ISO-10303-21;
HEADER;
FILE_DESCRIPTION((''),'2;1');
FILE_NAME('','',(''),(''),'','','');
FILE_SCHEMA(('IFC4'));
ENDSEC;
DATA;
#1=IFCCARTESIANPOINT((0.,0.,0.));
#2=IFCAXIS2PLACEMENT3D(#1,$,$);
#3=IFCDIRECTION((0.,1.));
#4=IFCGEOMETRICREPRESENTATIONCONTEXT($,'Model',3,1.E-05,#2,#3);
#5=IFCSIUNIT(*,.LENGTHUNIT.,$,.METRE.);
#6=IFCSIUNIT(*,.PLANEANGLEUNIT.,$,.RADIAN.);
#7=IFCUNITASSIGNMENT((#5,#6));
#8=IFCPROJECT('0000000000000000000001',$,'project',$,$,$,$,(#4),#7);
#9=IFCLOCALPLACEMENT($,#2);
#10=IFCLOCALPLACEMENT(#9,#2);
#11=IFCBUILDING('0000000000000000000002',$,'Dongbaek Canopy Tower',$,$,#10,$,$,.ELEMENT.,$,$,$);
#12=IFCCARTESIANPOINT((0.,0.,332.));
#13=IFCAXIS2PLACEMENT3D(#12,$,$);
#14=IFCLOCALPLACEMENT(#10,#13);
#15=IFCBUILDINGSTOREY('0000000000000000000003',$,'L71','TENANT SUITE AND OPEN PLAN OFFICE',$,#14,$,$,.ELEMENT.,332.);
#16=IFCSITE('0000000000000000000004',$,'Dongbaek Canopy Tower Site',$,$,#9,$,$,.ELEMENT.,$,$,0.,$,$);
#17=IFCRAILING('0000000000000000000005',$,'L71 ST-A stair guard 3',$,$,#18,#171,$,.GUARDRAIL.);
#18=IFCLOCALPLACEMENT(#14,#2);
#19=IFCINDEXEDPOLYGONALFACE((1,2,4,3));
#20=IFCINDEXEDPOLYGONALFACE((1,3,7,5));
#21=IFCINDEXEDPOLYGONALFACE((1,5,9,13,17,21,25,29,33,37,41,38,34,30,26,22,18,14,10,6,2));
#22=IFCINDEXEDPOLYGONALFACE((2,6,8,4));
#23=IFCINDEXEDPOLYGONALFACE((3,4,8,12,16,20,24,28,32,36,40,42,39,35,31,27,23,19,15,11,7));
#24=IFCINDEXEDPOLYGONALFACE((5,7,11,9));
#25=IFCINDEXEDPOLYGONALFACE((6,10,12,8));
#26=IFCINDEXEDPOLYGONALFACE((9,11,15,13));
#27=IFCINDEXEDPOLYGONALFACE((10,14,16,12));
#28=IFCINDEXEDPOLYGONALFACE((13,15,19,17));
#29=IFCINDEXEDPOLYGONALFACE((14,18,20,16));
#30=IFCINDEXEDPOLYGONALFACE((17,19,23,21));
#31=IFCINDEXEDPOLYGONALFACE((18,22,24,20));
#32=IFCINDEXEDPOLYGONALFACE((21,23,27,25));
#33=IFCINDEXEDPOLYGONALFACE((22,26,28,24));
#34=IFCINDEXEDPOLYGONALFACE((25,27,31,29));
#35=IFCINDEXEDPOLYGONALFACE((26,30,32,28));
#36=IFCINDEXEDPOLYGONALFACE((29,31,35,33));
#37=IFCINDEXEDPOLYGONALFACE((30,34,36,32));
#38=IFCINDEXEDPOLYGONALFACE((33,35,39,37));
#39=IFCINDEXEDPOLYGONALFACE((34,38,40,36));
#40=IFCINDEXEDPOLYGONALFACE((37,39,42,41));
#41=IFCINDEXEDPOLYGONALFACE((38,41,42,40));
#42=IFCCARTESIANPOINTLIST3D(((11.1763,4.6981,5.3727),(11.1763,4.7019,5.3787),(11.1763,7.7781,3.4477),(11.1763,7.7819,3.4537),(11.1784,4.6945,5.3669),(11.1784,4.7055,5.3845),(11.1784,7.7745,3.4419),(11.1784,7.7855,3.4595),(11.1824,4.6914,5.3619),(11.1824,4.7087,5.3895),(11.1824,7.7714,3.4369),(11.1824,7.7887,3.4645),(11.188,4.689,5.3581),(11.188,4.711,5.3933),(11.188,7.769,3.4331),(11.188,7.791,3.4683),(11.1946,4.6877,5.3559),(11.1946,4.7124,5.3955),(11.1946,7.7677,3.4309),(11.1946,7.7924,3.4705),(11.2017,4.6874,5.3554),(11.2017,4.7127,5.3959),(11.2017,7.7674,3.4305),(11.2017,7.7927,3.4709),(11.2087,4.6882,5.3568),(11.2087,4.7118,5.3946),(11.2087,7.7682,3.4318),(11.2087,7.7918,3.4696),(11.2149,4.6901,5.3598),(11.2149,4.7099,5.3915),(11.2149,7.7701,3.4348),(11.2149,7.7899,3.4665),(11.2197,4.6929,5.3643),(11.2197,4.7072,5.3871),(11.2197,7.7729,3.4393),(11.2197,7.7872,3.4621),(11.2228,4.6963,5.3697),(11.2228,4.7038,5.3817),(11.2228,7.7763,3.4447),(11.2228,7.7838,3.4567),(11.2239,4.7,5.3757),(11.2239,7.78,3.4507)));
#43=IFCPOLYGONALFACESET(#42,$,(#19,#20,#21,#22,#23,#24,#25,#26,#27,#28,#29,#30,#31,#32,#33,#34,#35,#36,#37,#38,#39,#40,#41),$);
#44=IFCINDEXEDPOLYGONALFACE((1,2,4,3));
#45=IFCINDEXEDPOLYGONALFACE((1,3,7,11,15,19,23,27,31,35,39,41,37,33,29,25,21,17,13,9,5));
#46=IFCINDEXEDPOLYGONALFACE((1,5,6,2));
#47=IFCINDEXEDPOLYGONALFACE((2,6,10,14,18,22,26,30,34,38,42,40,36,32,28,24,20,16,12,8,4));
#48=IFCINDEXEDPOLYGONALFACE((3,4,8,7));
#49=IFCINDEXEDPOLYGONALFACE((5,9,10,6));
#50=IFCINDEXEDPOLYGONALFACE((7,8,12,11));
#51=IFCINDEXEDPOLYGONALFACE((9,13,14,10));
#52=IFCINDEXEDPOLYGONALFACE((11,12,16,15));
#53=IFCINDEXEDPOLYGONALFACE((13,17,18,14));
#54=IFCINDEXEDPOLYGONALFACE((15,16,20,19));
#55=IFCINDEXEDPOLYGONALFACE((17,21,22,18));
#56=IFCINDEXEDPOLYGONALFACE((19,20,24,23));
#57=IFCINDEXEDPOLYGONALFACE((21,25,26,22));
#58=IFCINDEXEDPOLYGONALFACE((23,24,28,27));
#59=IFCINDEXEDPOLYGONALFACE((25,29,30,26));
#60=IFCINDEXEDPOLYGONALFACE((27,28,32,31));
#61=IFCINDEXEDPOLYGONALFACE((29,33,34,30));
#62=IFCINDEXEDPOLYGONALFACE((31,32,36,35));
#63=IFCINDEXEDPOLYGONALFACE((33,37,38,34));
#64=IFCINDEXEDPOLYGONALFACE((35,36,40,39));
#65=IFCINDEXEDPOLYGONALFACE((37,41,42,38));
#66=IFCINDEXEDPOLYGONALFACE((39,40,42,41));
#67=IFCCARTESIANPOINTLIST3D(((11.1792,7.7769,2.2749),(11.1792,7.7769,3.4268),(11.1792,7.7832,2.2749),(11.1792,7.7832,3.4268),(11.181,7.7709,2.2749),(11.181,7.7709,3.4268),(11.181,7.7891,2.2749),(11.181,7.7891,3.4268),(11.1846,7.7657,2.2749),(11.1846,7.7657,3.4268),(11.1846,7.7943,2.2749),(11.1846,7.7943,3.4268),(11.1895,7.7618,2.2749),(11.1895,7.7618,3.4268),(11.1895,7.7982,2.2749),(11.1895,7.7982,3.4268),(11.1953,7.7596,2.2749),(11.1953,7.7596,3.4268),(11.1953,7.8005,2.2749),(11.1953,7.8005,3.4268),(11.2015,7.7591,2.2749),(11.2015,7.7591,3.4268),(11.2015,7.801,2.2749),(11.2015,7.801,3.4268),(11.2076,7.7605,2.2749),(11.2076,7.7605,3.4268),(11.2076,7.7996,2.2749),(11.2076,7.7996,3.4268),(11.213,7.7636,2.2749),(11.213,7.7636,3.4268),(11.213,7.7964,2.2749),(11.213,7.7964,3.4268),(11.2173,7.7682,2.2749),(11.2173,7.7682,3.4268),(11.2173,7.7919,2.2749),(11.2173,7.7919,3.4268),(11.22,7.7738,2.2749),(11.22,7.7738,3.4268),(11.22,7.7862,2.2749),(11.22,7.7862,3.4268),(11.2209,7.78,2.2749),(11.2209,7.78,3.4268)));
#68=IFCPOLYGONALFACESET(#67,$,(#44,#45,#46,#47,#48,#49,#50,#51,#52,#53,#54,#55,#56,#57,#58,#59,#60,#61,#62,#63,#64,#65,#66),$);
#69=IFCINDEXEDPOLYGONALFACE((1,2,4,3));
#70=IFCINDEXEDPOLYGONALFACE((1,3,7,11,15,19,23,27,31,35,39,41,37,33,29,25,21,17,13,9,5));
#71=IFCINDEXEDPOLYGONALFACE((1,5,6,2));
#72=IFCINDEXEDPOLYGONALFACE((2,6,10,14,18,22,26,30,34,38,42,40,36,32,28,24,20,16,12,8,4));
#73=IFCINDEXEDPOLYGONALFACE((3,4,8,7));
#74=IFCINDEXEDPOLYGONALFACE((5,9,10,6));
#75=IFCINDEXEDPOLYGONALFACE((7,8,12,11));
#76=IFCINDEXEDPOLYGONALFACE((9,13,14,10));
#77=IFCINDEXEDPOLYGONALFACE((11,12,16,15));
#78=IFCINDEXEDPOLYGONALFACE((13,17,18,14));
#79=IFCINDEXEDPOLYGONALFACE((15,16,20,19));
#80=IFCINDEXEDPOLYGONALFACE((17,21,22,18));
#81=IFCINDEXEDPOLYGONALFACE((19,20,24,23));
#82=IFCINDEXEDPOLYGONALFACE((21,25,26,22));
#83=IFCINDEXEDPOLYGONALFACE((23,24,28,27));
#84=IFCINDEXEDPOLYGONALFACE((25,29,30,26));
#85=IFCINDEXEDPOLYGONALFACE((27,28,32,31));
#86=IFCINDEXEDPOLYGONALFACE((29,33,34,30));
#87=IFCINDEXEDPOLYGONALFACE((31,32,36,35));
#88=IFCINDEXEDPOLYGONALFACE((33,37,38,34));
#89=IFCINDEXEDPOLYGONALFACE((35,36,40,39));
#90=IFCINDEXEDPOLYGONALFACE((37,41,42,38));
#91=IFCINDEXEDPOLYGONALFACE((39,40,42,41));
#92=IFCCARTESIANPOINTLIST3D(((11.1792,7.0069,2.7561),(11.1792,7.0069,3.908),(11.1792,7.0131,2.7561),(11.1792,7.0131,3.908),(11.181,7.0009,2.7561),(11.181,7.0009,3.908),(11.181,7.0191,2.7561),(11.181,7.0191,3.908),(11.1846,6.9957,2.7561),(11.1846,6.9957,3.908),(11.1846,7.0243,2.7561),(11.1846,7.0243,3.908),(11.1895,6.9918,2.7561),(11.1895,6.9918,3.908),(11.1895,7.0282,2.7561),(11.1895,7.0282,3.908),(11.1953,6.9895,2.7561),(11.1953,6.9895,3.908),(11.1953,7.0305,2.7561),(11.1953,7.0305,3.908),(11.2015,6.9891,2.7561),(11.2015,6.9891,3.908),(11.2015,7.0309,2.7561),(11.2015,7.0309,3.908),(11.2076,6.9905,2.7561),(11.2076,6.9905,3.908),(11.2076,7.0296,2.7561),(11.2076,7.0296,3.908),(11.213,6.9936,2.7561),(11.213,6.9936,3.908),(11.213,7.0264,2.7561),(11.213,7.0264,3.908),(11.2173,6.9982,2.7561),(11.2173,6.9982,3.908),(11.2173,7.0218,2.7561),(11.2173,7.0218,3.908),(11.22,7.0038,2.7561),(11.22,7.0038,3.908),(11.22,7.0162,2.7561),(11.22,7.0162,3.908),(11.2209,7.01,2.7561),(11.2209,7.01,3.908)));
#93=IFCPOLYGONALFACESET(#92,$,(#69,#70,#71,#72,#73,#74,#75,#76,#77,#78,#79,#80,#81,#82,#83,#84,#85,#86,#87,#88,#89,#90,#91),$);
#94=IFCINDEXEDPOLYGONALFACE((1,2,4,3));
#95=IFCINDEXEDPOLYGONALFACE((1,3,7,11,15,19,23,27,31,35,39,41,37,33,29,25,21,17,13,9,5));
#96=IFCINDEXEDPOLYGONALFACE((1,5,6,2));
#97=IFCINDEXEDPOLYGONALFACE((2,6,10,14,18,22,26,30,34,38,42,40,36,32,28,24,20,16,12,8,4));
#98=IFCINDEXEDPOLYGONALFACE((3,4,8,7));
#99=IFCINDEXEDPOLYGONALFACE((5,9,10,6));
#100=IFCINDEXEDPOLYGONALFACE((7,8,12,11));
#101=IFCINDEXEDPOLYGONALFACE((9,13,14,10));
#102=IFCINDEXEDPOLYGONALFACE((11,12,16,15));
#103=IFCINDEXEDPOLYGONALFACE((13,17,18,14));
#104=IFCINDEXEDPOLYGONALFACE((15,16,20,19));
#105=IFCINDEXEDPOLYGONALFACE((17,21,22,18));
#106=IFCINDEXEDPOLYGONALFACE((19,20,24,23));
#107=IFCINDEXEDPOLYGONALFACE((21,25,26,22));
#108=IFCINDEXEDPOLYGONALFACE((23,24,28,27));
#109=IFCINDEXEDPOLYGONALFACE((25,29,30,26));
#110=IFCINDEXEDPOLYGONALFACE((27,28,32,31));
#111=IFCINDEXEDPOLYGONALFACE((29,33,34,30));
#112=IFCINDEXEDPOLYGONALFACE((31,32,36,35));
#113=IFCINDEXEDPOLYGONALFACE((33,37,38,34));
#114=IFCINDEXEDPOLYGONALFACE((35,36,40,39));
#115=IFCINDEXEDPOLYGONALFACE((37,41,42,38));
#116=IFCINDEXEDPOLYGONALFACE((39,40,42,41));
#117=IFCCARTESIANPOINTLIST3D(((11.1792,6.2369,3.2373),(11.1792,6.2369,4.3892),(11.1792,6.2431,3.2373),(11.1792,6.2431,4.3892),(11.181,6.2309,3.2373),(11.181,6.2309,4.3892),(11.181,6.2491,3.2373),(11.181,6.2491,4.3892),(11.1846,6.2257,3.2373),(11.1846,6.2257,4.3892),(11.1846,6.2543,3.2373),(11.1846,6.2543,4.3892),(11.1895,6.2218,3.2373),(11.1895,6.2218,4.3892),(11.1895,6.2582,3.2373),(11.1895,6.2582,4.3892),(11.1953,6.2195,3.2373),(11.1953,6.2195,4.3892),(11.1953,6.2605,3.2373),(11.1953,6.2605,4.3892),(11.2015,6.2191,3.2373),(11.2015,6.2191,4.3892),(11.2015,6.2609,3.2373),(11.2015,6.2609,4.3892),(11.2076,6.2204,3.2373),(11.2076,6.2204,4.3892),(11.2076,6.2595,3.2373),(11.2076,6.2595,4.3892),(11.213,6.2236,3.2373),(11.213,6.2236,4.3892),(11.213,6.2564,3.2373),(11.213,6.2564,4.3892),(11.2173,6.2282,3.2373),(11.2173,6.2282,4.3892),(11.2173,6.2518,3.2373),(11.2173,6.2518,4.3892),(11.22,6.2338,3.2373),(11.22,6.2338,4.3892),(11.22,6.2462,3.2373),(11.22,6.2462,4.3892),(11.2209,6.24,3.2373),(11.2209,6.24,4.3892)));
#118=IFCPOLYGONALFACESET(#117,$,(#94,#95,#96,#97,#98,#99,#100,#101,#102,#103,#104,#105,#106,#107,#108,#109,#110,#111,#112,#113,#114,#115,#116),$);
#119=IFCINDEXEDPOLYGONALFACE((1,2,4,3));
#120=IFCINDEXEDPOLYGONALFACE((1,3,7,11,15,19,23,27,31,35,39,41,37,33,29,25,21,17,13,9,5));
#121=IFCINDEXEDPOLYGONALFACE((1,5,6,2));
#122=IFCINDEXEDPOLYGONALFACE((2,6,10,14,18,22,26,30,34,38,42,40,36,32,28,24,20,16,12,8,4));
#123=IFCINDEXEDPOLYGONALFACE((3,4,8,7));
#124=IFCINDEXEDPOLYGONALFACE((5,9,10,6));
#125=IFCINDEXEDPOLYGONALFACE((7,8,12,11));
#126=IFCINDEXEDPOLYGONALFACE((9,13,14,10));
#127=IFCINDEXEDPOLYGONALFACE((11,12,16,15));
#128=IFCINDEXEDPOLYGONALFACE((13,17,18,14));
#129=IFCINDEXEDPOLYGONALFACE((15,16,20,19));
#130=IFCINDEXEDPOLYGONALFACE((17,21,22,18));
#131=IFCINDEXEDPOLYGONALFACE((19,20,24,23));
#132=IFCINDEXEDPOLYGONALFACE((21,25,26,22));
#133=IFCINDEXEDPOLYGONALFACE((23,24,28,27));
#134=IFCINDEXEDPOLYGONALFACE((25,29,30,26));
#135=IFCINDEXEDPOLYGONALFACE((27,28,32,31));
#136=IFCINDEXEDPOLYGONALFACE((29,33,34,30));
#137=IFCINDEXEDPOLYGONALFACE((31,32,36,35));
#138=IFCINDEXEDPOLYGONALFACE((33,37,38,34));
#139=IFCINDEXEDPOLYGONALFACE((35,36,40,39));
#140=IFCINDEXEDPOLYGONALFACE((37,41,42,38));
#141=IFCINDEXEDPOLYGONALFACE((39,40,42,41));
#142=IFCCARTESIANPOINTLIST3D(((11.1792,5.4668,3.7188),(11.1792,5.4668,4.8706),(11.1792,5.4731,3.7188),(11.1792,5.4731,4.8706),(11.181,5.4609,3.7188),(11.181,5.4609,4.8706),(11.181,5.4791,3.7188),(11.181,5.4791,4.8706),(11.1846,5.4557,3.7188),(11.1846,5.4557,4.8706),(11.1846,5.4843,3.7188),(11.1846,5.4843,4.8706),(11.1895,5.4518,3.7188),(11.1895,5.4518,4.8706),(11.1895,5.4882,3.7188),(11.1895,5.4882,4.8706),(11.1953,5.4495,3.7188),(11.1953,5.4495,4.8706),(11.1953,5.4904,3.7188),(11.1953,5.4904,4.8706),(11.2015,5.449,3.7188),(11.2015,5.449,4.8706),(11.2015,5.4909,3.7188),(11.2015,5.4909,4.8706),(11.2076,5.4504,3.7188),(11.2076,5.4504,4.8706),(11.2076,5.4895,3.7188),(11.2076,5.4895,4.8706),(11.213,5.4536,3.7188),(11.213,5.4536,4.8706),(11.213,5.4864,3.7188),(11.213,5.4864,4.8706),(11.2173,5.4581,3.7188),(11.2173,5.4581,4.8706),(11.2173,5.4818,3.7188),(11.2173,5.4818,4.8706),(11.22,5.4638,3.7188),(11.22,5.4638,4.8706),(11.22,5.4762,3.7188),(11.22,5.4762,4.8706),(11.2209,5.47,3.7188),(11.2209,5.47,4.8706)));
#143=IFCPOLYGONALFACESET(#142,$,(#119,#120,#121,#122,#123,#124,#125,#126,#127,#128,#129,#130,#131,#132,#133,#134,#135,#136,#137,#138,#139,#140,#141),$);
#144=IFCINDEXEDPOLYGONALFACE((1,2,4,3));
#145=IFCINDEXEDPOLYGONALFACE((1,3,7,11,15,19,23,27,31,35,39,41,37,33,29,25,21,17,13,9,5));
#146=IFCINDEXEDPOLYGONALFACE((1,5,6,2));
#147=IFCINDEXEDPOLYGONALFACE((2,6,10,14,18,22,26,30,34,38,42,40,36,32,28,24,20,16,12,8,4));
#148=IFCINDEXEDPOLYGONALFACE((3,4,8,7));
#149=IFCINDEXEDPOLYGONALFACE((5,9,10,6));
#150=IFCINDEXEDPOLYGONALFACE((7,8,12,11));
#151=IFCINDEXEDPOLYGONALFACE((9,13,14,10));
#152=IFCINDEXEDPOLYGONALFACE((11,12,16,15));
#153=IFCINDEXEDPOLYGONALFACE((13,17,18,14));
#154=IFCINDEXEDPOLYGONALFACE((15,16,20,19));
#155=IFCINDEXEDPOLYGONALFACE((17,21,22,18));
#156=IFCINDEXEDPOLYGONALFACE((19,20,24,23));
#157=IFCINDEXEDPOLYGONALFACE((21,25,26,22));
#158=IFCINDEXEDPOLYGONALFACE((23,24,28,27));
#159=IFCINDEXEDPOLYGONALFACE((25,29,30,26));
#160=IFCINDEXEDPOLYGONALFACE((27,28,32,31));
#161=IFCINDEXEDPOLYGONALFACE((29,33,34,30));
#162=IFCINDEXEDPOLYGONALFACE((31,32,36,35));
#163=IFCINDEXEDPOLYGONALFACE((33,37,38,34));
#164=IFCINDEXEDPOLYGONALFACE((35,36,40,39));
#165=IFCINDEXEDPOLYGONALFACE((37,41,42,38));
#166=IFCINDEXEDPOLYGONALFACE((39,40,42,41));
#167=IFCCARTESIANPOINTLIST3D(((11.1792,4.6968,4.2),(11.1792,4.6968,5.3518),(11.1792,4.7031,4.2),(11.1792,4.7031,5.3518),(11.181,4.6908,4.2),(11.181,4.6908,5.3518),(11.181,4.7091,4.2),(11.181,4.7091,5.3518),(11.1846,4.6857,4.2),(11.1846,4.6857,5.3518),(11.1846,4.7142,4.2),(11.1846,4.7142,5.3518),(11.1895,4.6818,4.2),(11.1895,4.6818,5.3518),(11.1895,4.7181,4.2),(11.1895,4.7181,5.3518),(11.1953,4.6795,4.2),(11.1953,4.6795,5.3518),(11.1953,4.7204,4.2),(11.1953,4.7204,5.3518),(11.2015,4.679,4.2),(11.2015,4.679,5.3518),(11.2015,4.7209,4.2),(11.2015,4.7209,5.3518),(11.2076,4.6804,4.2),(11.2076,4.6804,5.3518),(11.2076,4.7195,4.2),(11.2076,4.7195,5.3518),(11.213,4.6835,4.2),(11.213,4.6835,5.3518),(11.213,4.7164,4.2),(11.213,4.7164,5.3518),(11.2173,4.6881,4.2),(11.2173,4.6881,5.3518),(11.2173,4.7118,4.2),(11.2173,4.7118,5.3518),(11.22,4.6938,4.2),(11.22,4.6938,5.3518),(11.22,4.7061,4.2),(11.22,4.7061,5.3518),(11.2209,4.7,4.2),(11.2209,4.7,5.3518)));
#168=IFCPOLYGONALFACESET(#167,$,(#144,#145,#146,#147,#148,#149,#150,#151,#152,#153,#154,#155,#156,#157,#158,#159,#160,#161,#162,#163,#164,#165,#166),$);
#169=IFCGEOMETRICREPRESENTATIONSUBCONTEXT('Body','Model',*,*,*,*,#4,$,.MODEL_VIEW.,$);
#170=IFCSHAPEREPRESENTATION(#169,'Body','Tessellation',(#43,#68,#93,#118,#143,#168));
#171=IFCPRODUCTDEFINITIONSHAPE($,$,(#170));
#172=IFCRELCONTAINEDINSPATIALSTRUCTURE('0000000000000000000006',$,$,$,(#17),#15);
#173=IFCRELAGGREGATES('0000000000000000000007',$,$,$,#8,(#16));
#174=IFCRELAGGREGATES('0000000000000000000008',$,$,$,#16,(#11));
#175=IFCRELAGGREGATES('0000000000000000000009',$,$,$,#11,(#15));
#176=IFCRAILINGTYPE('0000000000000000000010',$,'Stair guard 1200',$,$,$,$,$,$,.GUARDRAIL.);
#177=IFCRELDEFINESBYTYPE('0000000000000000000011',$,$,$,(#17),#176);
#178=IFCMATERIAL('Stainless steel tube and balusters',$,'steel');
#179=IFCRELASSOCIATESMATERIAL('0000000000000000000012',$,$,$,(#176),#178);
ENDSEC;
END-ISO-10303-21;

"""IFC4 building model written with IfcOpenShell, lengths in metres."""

from ifc_helpers import new_model, si_unit, direction, frame, origin, origin_2d, place, context, subcontext, project, spatial, circle, extrude, material, type_object, element, save


model = new_model("IFC4")

# Units and contexts
model_context = context("Model", 3, precision=1e-05, world=origin(), true_north=direction((0.0, 1.0)))
body_context = subcontext(model_context, "Body", "Model", "MODEL_VIEW")
ifc_project = project(units=[si_unit("LENGTHUNIT", "METRE"), si_unit("PLANEANGLEUNIT", "RADIAN")], contexts=[model_context])

# Site, building, storey
site_placement = place(None, origin())
site = spatial("IfcSite", under=ifc_project, at=site_placement, Name="Dongbaek Canopy Tower Site", CompositionType="ELEMENT", RefElevation=0.0)
building_placement = place(site_placement, origin())
building = spatial("IfcBuilding", under=site, at=building_placement, Name="Dongbaek Canopy Tower", CompositionType="ELEMENT")
storey_placement = place(building_placement, frame((0.0, 0.0, 332.0)))
storey = spatial("IfcBuildingStorey", under=building, at=storey_placement, Name="L71", Description="TENANT SUITE AND OPEN PLAN OFFICE", CompositionType="ELEMENT", Elevation=332.0)

# Railing
ifc_material_1 = material(Name="Stainless steel tube and balusters", Category="steel")
railing_type_1 = type_object("IfcRailingType", Name="Stair guard 1200", PredefinedType="GUARDRAIL", material=ifc_material_1)
railing_1_placement = place(storey_placement, frame((11.2, 7.78, 2.2749)))
element("IfcRailing", 1, at=railing_1_placement, inside=storey, type_object=railing_type_1, Name="L71 ST-A stair guard 3", PredefinedType="GUARDRAIL", context=body_context, shape_type="SweptSolid", body=[
    extrude(circle(Radius=0.0239, at=origin_2d()), frame((0.0, 0.0, 1.1758), z_axis=(0.0, -0.847998, 0.529999), x_axis=(1.0, 0.0, 0.0)), (0.0, 0.0, 1.0), 3.6321),
    extrude(circle(Radius=0.021, at=origin_2d()), origin(), (0.0, 0.0, 1.0), 1.1519),
    extrude(circle(Radius=0.021, at=origin_2d()), frame((0.0, -0.77, 0.4812)), (0.0, 0.0, 1.0), 1.1519),
    extrude(circle(Radius=0.021, at=origin_2d()), frame((0.0, -1.54, 0.9624)), (0.0, 0.0, 1.0), 1.1519),
    extrude(circle(Radius=0.021, at=origin_2d()), frame((0.0, -2.3101, 1.4438)), (0.0, 0.0, 1.0), 1.1519),
    extrude(circle(Radius=0.021, at=origin_2d()), frame((0.0, -3.0801, 1.925)), (0.0, 0.0, 1.0), 1.1519),
])

save(model, "model.ifc")
